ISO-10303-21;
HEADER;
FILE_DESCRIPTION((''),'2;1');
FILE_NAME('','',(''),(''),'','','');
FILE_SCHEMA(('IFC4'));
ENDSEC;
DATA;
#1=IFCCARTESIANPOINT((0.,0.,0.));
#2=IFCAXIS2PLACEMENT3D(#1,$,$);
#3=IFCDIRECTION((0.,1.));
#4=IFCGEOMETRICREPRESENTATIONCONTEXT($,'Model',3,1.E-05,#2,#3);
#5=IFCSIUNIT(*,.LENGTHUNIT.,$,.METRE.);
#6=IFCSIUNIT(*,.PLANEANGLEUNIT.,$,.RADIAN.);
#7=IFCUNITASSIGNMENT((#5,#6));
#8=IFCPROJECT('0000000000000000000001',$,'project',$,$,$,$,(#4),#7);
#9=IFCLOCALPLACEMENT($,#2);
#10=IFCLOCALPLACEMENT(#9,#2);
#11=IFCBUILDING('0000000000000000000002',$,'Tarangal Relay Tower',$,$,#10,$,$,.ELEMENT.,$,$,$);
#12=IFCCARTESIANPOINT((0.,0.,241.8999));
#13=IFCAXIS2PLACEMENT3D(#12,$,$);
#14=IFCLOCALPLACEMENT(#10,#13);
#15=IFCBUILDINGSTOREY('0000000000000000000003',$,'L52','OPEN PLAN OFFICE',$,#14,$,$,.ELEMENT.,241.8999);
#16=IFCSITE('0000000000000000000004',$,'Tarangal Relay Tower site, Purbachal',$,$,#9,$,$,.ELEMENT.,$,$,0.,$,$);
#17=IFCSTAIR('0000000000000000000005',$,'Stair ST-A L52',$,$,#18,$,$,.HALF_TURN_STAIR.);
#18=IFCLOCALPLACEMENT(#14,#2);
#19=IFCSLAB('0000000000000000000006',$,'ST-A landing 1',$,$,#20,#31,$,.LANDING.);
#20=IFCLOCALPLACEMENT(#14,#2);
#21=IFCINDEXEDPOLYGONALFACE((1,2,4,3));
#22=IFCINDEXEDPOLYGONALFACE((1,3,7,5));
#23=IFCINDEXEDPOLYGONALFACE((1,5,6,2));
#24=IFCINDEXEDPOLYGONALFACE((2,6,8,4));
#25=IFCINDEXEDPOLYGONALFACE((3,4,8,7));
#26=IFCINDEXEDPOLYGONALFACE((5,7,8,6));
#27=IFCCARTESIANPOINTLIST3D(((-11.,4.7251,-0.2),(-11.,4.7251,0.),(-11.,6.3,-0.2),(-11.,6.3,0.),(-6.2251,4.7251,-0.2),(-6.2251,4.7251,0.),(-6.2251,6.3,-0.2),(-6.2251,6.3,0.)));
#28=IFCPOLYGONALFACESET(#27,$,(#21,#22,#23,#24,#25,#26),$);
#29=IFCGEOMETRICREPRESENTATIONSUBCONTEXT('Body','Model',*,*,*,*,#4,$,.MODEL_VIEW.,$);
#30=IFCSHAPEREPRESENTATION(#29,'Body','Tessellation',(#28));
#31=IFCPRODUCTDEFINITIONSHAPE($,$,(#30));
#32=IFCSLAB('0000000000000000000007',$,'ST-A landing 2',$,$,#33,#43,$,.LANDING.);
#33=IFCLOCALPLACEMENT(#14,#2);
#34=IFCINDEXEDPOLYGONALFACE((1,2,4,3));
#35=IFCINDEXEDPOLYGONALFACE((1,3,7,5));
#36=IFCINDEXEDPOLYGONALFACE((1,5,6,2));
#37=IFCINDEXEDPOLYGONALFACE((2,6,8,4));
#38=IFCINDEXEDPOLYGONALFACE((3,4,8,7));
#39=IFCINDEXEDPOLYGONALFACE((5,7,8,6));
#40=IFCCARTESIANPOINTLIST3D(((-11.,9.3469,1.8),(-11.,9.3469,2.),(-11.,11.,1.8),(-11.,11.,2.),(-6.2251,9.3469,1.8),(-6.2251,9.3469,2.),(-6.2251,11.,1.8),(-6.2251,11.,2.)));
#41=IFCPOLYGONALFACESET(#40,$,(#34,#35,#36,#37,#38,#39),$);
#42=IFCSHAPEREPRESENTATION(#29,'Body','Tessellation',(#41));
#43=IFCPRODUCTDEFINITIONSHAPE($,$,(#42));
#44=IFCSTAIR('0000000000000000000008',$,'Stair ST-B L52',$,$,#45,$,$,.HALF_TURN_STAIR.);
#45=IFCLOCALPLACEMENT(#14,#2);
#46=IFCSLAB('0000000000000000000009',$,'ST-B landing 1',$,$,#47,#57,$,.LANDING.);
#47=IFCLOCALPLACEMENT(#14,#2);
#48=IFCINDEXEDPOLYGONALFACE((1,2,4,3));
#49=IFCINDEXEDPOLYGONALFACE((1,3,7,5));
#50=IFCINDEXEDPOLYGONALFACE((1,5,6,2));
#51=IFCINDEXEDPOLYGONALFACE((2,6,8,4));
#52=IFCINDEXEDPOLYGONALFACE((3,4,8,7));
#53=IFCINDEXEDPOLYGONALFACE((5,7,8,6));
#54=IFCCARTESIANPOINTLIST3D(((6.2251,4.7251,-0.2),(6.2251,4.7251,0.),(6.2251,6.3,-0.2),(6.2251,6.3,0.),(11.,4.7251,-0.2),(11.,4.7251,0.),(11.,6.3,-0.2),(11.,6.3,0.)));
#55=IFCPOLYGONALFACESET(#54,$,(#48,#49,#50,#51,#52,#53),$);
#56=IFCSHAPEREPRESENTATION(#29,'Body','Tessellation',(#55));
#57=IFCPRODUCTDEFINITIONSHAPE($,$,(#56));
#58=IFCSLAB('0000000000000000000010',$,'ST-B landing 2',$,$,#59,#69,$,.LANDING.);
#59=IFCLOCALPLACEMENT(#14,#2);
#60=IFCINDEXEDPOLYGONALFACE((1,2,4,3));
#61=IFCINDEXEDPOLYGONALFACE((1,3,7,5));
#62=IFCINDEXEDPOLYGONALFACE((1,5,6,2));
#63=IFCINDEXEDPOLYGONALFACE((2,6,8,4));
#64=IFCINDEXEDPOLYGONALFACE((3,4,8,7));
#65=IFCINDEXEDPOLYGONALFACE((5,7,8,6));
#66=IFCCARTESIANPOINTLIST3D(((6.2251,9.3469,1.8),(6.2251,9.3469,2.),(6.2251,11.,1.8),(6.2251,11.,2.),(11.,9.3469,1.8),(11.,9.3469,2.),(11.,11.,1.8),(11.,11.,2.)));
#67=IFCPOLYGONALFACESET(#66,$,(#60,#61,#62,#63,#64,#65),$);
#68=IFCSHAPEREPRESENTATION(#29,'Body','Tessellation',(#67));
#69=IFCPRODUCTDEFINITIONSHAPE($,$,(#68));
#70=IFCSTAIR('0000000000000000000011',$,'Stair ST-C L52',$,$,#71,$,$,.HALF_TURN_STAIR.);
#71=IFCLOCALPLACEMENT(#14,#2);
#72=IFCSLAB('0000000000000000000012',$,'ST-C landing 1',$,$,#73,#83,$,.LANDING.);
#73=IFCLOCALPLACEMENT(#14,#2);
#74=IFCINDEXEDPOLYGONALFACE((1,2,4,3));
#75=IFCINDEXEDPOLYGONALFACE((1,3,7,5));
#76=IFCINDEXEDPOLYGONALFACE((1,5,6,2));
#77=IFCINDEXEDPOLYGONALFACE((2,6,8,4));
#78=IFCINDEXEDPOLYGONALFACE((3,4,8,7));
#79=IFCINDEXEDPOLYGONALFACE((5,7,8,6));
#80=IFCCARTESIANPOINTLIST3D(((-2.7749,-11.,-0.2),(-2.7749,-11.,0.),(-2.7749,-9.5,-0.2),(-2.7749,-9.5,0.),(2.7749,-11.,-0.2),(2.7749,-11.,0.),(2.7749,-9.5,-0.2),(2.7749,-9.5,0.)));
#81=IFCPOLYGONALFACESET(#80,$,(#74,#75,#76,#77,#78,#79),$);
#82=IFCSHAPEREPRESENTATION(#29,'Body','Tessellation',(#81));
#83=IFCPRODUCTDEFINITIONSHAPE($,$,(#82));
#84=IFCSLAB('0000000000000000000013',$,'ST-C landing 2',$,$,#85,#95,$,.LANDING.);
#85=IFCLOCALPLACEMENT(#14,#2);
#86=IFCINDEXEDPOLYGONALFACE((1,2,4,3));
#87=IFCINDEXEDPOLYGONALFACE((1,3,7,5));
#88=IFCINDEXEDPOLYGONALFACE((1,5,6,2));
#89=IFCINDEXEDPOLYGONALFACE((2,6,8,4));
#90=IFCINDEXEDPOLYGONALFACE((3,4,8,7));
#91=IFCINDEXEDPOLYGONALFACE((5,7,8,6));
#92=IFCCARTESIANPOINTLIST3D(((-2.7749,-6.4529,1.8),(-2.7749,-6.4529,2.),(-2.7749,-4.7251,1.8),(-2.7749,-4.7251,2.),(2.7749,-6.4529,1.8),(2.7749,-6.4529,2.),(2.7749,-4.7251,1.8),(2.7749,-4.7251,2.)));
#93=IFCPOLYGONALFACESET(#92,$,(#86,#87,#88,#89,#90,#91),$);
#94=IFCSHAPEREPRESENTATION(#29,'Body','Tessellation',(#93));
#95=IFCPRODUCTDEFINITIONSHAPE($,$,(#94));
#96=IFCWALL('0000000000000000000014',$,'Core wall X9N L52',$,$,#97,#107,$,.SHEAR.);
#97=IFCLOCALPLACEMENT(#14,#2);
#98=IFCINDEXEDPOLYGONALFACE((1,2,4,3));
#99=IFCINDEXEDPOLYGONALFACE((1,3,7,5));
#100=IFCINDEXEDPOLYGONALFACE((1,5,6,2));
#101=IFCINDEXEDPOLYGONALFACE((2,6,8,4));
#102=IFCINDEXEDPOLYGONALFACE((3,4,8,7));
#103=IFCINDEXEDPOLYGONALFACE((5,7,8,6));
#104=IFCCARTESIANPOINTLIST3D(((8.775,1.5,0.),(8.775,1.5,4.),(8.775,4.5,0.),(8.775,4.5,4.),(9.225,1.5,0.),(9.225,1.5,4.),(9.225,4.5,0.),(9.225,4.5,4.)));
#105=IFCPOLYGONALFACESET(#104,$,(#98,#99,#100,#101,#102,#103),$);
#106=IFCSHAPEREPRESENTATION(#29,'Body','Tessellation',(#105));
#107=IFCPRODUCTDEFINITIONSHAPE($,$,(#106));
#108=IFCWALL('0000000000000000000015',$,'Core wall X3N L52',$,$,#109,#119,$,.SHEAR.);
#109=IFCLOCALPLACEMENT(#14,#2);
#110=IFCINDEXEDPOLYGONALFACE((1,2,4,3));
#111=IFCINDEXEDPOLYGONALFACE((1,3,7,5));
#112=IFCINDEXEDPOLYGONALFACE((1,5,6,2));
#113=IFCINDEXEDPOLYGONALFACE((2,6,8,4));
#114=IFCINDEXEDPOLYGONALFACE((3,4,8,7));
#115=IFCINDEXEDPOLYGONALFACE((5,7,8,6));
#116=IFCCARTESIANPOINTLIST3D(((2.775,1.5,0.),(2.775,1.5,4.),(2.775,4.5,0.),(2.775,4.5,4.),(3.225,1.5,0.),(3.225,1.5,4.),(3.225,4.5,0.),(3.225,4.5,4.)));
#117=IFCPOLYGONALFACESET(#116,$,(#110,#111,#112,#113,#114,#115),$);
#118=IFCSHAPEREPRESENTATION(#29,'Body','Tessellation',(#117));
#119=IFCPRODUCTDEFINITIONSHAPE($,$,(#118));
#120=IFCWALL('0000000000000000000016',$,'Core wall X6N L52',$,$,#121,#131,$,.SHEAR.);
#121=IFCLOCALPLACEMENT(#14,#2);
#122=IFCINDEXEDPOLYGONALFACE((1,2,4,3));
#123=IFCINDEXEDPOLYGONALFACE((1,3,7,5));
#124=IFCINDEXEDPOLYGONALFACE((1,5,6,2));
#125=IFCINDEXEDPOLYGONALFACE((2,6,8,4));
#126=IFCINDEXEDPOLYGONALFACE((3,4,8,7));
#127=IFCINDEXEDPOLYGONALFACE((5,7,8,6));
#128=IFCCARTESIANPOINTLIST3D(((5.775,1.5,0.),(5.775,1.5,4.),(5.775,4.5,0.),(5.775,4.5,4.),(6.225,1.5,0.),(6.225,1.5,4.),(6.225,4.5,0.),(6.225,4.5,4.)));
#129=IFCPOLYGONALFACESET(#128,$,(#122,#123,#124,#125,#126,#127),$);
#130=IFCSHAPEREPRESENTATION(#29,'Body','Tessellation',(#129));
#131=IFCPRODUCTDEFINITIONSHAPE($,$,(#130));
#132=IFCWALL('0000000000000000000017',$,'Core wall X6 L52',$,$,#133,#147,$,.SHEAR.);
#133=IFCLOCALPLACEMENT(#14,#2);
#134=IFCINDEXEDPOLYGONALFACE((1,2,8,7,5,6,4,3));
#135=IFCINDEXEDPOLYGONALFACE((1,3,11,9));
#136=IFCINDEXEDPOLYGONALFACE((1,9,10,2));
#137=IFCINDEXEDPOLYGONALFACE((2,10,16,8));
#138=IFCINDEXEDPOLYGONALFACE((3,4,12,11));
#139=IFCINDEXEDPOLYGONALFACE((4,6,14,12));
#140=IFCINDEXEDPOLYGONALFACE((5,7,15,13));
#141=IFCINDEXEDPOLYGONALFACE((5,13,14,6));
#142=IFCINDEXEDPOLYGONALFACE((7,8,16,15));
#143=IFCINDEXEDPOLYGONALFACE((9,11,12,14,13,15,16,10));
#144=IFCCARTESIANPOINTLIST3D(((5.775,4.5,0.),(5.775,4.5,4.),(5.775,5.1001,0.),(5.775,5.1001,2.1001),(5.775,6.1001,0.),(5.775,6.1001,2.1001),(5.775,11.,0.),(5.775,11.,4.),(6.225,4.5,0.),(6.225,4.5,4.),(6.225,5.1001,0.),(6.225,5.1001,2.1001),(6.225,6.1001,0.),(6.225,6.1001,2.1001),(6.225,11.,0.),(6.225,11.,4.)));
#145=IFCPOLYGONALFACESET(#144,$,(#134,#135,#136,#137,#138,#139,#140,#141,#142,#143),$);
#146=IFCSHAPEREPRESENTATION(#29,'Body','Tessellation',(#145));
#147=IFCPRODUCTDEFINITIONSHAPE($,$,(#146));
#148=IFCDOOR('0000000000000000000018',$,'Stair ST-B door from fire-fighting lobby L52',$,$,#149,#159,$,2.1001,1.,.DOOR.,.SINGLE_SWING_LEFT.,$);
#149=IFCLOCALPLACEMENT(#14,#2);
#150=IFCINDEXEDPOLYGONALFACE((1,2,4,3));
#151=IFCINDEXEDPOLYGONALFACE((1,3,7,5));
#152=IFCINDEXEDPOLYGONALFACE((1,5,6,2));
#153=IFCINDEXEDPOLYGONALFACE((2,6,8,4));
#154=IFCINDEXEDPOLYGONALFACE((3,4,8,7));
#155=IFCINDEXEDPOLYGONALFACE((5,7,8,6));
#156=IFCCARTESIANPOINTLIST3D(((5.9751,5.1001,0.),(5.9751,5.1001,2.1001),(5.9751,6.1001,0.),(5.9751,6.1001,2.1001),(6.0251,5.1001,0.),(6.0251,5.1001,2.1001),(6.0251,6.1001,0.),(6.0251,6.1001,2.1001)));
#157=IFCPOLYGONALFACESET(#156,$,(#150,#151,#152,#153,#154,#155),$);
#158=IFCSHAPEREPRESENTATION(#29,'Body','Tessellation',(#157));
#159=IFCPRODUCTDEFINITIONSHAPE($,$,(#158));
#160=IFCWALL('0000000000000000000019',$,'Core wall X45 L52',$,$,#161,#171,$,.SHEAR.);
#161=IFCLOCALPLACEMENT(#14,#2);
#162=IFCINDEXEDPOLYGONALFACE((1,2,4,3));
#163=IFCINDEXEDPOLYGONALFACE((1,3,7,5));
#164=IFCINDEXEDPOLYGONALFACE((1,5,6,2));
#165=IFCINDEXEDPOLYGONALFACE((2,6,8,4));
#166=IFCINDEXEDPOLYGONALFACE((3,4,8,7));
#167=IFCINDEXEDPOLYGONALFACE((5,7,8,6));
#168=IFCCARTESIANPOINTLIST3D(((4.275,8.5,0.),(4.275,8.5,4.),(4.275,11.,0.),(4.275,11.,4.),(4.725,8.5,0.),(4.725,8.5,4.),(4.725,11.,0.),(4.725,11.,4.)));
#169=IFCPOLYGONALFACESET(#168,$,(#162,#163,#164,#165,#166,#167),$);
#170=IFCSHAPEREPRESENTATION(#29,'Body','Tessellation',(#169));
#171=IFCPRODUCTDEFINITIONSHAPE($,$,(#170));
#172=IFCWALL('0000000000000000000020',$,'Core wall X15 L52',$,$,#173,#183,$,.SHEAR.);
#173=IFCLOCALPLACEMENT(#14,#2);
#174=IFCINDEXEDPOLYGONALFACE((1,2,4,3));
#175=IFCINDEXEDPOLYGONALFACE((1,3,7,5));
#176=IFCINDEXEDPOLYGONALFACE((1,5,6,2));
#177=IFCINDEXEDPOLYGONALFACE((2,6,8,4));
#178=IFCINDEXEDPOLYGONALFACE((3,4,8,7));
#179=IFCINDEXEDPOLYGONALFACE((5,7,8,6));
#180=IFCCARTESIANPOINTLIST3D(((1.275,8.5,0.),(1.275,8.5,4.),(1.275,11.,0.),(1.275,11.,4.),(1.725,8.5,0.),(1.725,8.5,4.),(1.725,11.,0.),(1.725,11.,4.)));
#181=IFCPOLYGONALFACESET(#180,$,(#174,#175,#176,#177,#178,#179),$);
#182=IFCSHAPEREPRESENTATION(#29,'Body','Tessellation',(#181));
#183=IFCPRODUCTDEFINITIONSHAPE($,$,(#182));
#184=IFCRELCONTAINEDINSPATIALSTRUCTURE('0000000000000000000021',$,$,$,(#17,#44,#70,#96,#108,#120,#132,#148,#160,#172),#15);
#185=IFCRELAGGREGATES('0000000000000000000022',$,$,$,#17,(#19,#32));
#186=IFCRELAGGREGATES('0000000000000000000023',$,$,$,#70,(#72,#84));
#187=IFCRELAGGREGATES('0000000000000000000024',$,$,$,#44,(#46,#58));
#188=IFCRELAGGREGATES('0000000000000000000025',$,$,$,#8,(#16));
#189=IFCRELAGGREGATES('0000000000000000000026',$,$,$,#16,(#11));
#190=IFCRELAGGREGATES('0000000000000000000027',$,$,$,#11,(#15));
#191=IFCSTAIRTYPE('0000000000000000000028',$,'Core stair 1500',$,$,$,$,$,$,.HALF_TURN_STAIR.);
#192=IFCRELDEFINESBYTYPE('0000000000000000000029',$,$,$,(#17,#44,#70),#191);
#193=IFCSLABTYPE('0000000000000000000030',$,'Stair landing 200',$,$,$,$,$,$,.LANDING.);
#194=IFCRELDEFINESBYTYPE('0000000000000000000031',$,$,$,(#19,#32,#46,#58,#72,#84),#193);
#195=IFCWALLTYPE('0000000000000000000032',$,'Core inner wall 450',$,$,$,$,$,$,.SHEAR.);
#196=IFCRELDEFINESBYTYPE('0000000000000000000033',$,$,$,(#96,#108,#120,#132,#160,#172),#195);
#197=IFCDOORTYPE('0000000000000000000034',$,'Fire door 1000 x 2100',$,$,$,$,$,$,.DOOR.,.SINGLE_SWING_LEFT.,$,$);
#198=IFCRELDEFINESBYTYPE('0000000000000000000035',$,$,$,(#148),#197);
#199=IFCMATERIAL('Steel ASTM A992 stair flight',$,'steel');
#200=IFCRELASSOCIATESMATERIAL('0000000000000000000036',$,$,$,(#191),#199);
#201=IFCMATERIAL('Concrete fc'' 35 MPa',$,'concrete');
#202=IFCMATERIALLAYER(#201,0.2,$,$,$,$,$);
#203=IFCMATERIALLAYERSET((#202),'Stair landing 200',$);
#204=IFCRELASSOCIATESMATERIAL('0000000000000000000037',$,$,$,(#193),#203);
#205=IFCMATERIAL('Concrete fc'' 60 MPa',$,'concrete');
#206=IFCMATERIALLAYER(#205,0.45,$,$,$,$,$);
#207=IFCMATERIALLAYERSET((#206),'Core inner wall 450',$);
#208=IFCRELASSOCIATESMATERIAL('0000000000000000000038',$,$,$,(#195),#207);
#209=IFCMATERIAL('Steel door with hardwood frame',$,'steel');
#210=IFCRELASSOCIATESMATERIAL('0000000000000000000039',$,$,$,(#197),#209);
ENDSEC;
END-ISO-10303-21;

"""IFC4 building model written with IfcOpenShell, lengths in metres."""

from ifc_helpers import new_model, si_unit, direction, frame, frame_2d, origin, place, context, subcontext, project, spatial, polyline, rectangle, outline, extrude, material, layer, layer_set, type_object, element, fill, aggregate, save


model = new_model("IFC4")

# Units and contexts
model_context = context("Model", 3, precision=1e-05, world=origin(), true_north=direction((0.0, 1.0)))
body_context = subcontext(model_context, "Body", "Model", "MODEL_VIEW")
ifc_project = project(units=[si_unit("LENGTHUNIT", "METRE"), si_unit("PLANEANGLEUNIT", "RADIAN")], contexts=[model_context])

# Site, building, storey
site_placement = place(None, origin())
site = spatial("IfcSite", under=ifc_project, at=site_placement, Name="Tarangal Relay Tower site, Purbachal", CompositionType="ELEMENT", RefElevation=0.0)
building_placement = place(site_placement, origin())
building = spatial("IfcBuilding", under=site, at=building_placement, Name="Tarangal Relay Tower", CompositionType="ELEMENT")
storey_placement = place(building_placement, frame((0.0, 0.0, 241.8999)))
storey = spatial("IfcBuildingStorey", under=building, at=storey_placement, Name="L52", Description="OPEN PLAN OFFICE", CompositionType="ELEMENT", Elevation=241.8999)

# Stairs, slabs
ifc_material_1 = material(Name="Steel ASTM A992 stair flight", Category="steel")
stair_type = type_object("IfcStairType", Name="Core stair 1500", PredefinedType="HALF_TURN_STAIR", material=ifc_material_1)
stair_1_placement = place(storey_placement, origin())
stair_1 = element("IfcStair", 1, at=stair_1_placement, inside=storey, type_object=stair_type, Name="Stair ST-A L52", PredefinedType="HALF_TURN_STAIR")
ifc_material_2 = material(Name="Concrete fc' 35 MPa", Category="concrete")
ifc_layer_1 = layer(ifc_material_2, 0.2)
ifc_layer_set_1 = layer_set([ifc_layer_1], Name="Stair landing 200")
slab_type = type_object("IfcSlabType", Name="Stair landing 200", PredefinedType="LANDING", material=ifc_layer_set_1)
slab_1_placement = place(storey_placement, frame((0.0, 0.0, -0.2)))
slab_1 = element("IfcSlab", 2, at=slab_1_placement, type_object=slab_type, Name="ST-A landing 1", PredefinedType="LANDING", context=body_context, shape_type="SweptSolid", body=[
    extrude(outline(polyline([(-11.0, 4.7251), (-6.2251, 4.7251), (-6.2251, 6.3), (-11.0, 6.3), (-11.0, 4.7251)])), origin(), (0.0, 0.0, 1.0), 0.2),
])
slab_2_placement = place(storey_placement, frame((0.0, 0.0, 1.8)))
slab_2 = element("IfcSlab", 3, at=slab_2_placement, type_object=slab_type, Name="ST-A landing 2", PredefinedType="LANDING", context=body_context, shape_type="SweptSolid", body=[
    extrude(outline(polyline([(-11.0, 9.3469), (-6.2251, 9.3469), (-6.2251, 11.0), (-11.0, 11.0), (-11.0, 9.3469)])), origin(), (0.0, 0.0, 1.0), 0.2),
])
aggregate(stair_1, [slab_1, slab_2])
stair_2_placement = place(storey_placement, origin())
stair_2 = element("IfcStair", 4, at=stair_2_placement, inside=storey, type_object=stair_type, Name="Stair ST-B L52", PredefinedType="HALF_TURN_STAIR")
slab_3_placement = place(storey_placement, frame((0.0, 0.0, -0.2)))
slab_3 = element("IfcSlab", 5, at=slab_3_placement, type_object=slab_type, Name="ST-B landing 1", PredefinedType="LANDING", context=body_context, shape_type="SweptSolid", body=[
    extrude(outline(polyline([(6.2251, 4.7251), (11.0, 4.7251), (11.0, 6.3), (6.2251, 6.3), (6.2251, 4.7251)])), origin(), (0.0, 0.0, 1.0), 0.2),
])
slab_4_placement = place(storey_placement, frame((0.0, 0.0, 1.8)))
slab_4 = element("IfcSlab", 6, at=slab_4_placement, type_object=slab_type, Name="ST-B landing 2", PredefinedType="LANDING", context=body_context, shape_type="SweptSolid", body=[
    extrude(outline(polyline([(6.2251, 9.3469), (11.0, 9.3469), (11.0, 11.0), (6.2251, 11.0), (6.2251, 9.3469)])), origin(), (0.0, 0.0, 1.0), 0.2),
])
stair_3_placement = place(storey_placement, origin())
stair_3 = element("IfcStair", 7, at=stair_3_placement, inside=storey, type_object=stair_type, Name="Stair ST-C L52", PredefinedType="HALF_TURN_STAIR")
slab_5_placement = place(storey_placement, frame((0.0, 0.0, -0.2)))
slab_5 = element("IfcSlab", 8, at=slab_5_placement, type_object=slab_type, Name="ST-C landing 1", PredefinedType="LANDING", context=body_context, shape_type="SweptSolid", body=[
    extrude(outline(polyline([(-2.7749, -11.0), (2.7749, -11.0), (2.7749, -9.5), (-2.7749, -9.5), (-2.7749, -11.0)])), origin(), (0.0, 0.0, 1.0), 0.2),
])
slab_6_placement = place(storey_placement, frame((0.0, 0.0, 1.8)))
slab_6 = element("IfcSlab", 9, at=slab_6_placement, type_object=slab_type, Name="ST-C landing 2", PredefinedType="LANDING", context=body_context, shape_type="SweptSolid", body=[
    extrude(outline(polyline([(-2.7749, -6.4529), (2.7749, -6.4529), (2.7749, -4.7251), (-2.7749, -4.7251), (-2.7749, -6.4529)])), origin(), (0.0, 0.0, 1.0), 0.2),
])
aggregate(stair_3, [slab_5, slab_6])

# Walls
ifc_material_3 = material(Name="Concrete fc' 60 MPa", Category="concrete")
ifc_layer_2 = layer(ifc_material_3, 0.45)
ifc_layer_set_2 = layer_set([ifc_layer_2], Name="Core inner wall 450")
wall_type_1 = type_object("IfcWallType", Name="Core inner wall 450", PredefinedType="SHEAR", material=ifc_layer_set_2)
for number, where, z_axis, x_axis, name in (
    (10, (9.0, 1.5, 0.0), (0.0, 0.0, 1.0), (0.0, 1.0, 0.0), "Core wall X9N L52"),
    (11, (3.0, 1.5, 0.0), (0.0, 0.0, 1.0), (0.0, 1.0, 0.0), "Core wall X3N L52"),
    (12, (6.0, 1.5, 0.0), (0.0, 0.0, 1.0), (0.0, 1.0, 0.0), "Core wall X6N L52"),
):
    element("IfcWall", number, at=place(storey_placement, frame(where, z_axis=z_axis, x_axis=x_axis)), inside=storey, type_object=wall_type_1, Name=name, PredefinedType="SHEAR", context=body_context, shape_type="SweptSolid", body=[
        extrude(rectangle(XDim=3.0, YDim=0.45, at=frame_2d((1.5, 0.0))), origin(), (0.0, 0.0, 1.0), 4.0),
    ])

# Wall, opening, door
wall_1_placement = place(storey_placement, frame((6.0, 4.5, 0.0), z_axis=(0.0, 0.0, 1.0), x_axis=(0.0, 1.0, 0.0)))
wall_1 = element("IfcWall", 13, at=wall_1_placement, inside=storey, type_object=wall_type_1, Name="Core wall X6 L52", PredefinedType="SHEAR", context=body_context, shape_type="SweptSolid", body=[
    extrude(rectangle(XDim=6.5, YDim=0.45, at=frame_2d((3.25, 0.0))), origin(), (0.0, 0.0, 1.0), 4.0),
])
opening_1_placement = place(wall_1_placement, frame((0.6001, 0.0, 0.0)))
opening_1 = element("IfcOpeningElement", 14, at=opening_1_placement, cuts=wall_1, PredefinedType="OPENING", context=body_context, shape_type="SweptSolid", body=[
    extrude(rectangle(XDim=1.0, YDim=2.1001, at=frame_2d((0.5, 1.05))), frame((0.0, 0.2349, 0.0), z_axis=(0.0, -1.0, 0.0), x_axis=(1.0, 0.0, 0.0)), (0.0, 0.0, 1.0), 0.47),
])
ifc_material_4 = material(Name="Steel door with hardwood frame", Category="steel")
door_type_1 = type_object("IfcDoorType", Name="Fire door 1000 x 2100", OperationType="SINGLE_SWING_LEFT", PredefinedType="DOOR", material=ifc_material_4)
door_1_placement = place(opening_1_placement, origin())
door_1 = element("IfcDoor", 15, at=door_1_placement, inside=storey, type_object=door_type_1, Name="Stair ST-B door from fire-fighting lobby L52", OperationType="SINGLE_SWING_LEFT", OverallHeight=2.1001, OverallWidth=1.0, PredefinedType="DOOR", context=body_context, shape_type="SweptSolid", body=[
    extrude(rectangle(XDim=1.0, YDim=2.1001, at=frame_2d((0.5, 1.05))), frame((0.0, 0.0249, 0.0), z_axis=(0.0, -1.0, 0.0), x_axis=(1.0, 0.0, 0.0)), (0.0, 0.0, 1.0), 0.05),
])
fill(opening_1, door_1)

# Walls
for number, where, z_axis, x_axis, name in (
    (16, (4.5, 8.5, 0.0), (0.0, 0.0, 1.0), (0.0, 1.0, 0.0), "Core wall X45 L52"),
    (17, (1.5, 8.5, 0.0), (0.0, 0.0, 1.0), (0.0, 1.0, 0.0), "Core wall X15 L52"),
):
    element("IfcWall", number, at=place(storey_placement, frame(where, z_axis=z_axis, x_axis=x_axis)), inside=storey, type_object=wall_type_1, Name=name, PredefinedType="SHEAR", context=body_context, shape_type="SweptSolid", body=[
        extrude(rectangle(XDim=2.5, YDim=0.45, at=frame_2d((1.25, 0.0))), origin(), (0.0, 0.0, 1.0), 4.0),
    ])

aggregate(stair_2, [slab_3, slab_4])

save(model, "model.ifc")
